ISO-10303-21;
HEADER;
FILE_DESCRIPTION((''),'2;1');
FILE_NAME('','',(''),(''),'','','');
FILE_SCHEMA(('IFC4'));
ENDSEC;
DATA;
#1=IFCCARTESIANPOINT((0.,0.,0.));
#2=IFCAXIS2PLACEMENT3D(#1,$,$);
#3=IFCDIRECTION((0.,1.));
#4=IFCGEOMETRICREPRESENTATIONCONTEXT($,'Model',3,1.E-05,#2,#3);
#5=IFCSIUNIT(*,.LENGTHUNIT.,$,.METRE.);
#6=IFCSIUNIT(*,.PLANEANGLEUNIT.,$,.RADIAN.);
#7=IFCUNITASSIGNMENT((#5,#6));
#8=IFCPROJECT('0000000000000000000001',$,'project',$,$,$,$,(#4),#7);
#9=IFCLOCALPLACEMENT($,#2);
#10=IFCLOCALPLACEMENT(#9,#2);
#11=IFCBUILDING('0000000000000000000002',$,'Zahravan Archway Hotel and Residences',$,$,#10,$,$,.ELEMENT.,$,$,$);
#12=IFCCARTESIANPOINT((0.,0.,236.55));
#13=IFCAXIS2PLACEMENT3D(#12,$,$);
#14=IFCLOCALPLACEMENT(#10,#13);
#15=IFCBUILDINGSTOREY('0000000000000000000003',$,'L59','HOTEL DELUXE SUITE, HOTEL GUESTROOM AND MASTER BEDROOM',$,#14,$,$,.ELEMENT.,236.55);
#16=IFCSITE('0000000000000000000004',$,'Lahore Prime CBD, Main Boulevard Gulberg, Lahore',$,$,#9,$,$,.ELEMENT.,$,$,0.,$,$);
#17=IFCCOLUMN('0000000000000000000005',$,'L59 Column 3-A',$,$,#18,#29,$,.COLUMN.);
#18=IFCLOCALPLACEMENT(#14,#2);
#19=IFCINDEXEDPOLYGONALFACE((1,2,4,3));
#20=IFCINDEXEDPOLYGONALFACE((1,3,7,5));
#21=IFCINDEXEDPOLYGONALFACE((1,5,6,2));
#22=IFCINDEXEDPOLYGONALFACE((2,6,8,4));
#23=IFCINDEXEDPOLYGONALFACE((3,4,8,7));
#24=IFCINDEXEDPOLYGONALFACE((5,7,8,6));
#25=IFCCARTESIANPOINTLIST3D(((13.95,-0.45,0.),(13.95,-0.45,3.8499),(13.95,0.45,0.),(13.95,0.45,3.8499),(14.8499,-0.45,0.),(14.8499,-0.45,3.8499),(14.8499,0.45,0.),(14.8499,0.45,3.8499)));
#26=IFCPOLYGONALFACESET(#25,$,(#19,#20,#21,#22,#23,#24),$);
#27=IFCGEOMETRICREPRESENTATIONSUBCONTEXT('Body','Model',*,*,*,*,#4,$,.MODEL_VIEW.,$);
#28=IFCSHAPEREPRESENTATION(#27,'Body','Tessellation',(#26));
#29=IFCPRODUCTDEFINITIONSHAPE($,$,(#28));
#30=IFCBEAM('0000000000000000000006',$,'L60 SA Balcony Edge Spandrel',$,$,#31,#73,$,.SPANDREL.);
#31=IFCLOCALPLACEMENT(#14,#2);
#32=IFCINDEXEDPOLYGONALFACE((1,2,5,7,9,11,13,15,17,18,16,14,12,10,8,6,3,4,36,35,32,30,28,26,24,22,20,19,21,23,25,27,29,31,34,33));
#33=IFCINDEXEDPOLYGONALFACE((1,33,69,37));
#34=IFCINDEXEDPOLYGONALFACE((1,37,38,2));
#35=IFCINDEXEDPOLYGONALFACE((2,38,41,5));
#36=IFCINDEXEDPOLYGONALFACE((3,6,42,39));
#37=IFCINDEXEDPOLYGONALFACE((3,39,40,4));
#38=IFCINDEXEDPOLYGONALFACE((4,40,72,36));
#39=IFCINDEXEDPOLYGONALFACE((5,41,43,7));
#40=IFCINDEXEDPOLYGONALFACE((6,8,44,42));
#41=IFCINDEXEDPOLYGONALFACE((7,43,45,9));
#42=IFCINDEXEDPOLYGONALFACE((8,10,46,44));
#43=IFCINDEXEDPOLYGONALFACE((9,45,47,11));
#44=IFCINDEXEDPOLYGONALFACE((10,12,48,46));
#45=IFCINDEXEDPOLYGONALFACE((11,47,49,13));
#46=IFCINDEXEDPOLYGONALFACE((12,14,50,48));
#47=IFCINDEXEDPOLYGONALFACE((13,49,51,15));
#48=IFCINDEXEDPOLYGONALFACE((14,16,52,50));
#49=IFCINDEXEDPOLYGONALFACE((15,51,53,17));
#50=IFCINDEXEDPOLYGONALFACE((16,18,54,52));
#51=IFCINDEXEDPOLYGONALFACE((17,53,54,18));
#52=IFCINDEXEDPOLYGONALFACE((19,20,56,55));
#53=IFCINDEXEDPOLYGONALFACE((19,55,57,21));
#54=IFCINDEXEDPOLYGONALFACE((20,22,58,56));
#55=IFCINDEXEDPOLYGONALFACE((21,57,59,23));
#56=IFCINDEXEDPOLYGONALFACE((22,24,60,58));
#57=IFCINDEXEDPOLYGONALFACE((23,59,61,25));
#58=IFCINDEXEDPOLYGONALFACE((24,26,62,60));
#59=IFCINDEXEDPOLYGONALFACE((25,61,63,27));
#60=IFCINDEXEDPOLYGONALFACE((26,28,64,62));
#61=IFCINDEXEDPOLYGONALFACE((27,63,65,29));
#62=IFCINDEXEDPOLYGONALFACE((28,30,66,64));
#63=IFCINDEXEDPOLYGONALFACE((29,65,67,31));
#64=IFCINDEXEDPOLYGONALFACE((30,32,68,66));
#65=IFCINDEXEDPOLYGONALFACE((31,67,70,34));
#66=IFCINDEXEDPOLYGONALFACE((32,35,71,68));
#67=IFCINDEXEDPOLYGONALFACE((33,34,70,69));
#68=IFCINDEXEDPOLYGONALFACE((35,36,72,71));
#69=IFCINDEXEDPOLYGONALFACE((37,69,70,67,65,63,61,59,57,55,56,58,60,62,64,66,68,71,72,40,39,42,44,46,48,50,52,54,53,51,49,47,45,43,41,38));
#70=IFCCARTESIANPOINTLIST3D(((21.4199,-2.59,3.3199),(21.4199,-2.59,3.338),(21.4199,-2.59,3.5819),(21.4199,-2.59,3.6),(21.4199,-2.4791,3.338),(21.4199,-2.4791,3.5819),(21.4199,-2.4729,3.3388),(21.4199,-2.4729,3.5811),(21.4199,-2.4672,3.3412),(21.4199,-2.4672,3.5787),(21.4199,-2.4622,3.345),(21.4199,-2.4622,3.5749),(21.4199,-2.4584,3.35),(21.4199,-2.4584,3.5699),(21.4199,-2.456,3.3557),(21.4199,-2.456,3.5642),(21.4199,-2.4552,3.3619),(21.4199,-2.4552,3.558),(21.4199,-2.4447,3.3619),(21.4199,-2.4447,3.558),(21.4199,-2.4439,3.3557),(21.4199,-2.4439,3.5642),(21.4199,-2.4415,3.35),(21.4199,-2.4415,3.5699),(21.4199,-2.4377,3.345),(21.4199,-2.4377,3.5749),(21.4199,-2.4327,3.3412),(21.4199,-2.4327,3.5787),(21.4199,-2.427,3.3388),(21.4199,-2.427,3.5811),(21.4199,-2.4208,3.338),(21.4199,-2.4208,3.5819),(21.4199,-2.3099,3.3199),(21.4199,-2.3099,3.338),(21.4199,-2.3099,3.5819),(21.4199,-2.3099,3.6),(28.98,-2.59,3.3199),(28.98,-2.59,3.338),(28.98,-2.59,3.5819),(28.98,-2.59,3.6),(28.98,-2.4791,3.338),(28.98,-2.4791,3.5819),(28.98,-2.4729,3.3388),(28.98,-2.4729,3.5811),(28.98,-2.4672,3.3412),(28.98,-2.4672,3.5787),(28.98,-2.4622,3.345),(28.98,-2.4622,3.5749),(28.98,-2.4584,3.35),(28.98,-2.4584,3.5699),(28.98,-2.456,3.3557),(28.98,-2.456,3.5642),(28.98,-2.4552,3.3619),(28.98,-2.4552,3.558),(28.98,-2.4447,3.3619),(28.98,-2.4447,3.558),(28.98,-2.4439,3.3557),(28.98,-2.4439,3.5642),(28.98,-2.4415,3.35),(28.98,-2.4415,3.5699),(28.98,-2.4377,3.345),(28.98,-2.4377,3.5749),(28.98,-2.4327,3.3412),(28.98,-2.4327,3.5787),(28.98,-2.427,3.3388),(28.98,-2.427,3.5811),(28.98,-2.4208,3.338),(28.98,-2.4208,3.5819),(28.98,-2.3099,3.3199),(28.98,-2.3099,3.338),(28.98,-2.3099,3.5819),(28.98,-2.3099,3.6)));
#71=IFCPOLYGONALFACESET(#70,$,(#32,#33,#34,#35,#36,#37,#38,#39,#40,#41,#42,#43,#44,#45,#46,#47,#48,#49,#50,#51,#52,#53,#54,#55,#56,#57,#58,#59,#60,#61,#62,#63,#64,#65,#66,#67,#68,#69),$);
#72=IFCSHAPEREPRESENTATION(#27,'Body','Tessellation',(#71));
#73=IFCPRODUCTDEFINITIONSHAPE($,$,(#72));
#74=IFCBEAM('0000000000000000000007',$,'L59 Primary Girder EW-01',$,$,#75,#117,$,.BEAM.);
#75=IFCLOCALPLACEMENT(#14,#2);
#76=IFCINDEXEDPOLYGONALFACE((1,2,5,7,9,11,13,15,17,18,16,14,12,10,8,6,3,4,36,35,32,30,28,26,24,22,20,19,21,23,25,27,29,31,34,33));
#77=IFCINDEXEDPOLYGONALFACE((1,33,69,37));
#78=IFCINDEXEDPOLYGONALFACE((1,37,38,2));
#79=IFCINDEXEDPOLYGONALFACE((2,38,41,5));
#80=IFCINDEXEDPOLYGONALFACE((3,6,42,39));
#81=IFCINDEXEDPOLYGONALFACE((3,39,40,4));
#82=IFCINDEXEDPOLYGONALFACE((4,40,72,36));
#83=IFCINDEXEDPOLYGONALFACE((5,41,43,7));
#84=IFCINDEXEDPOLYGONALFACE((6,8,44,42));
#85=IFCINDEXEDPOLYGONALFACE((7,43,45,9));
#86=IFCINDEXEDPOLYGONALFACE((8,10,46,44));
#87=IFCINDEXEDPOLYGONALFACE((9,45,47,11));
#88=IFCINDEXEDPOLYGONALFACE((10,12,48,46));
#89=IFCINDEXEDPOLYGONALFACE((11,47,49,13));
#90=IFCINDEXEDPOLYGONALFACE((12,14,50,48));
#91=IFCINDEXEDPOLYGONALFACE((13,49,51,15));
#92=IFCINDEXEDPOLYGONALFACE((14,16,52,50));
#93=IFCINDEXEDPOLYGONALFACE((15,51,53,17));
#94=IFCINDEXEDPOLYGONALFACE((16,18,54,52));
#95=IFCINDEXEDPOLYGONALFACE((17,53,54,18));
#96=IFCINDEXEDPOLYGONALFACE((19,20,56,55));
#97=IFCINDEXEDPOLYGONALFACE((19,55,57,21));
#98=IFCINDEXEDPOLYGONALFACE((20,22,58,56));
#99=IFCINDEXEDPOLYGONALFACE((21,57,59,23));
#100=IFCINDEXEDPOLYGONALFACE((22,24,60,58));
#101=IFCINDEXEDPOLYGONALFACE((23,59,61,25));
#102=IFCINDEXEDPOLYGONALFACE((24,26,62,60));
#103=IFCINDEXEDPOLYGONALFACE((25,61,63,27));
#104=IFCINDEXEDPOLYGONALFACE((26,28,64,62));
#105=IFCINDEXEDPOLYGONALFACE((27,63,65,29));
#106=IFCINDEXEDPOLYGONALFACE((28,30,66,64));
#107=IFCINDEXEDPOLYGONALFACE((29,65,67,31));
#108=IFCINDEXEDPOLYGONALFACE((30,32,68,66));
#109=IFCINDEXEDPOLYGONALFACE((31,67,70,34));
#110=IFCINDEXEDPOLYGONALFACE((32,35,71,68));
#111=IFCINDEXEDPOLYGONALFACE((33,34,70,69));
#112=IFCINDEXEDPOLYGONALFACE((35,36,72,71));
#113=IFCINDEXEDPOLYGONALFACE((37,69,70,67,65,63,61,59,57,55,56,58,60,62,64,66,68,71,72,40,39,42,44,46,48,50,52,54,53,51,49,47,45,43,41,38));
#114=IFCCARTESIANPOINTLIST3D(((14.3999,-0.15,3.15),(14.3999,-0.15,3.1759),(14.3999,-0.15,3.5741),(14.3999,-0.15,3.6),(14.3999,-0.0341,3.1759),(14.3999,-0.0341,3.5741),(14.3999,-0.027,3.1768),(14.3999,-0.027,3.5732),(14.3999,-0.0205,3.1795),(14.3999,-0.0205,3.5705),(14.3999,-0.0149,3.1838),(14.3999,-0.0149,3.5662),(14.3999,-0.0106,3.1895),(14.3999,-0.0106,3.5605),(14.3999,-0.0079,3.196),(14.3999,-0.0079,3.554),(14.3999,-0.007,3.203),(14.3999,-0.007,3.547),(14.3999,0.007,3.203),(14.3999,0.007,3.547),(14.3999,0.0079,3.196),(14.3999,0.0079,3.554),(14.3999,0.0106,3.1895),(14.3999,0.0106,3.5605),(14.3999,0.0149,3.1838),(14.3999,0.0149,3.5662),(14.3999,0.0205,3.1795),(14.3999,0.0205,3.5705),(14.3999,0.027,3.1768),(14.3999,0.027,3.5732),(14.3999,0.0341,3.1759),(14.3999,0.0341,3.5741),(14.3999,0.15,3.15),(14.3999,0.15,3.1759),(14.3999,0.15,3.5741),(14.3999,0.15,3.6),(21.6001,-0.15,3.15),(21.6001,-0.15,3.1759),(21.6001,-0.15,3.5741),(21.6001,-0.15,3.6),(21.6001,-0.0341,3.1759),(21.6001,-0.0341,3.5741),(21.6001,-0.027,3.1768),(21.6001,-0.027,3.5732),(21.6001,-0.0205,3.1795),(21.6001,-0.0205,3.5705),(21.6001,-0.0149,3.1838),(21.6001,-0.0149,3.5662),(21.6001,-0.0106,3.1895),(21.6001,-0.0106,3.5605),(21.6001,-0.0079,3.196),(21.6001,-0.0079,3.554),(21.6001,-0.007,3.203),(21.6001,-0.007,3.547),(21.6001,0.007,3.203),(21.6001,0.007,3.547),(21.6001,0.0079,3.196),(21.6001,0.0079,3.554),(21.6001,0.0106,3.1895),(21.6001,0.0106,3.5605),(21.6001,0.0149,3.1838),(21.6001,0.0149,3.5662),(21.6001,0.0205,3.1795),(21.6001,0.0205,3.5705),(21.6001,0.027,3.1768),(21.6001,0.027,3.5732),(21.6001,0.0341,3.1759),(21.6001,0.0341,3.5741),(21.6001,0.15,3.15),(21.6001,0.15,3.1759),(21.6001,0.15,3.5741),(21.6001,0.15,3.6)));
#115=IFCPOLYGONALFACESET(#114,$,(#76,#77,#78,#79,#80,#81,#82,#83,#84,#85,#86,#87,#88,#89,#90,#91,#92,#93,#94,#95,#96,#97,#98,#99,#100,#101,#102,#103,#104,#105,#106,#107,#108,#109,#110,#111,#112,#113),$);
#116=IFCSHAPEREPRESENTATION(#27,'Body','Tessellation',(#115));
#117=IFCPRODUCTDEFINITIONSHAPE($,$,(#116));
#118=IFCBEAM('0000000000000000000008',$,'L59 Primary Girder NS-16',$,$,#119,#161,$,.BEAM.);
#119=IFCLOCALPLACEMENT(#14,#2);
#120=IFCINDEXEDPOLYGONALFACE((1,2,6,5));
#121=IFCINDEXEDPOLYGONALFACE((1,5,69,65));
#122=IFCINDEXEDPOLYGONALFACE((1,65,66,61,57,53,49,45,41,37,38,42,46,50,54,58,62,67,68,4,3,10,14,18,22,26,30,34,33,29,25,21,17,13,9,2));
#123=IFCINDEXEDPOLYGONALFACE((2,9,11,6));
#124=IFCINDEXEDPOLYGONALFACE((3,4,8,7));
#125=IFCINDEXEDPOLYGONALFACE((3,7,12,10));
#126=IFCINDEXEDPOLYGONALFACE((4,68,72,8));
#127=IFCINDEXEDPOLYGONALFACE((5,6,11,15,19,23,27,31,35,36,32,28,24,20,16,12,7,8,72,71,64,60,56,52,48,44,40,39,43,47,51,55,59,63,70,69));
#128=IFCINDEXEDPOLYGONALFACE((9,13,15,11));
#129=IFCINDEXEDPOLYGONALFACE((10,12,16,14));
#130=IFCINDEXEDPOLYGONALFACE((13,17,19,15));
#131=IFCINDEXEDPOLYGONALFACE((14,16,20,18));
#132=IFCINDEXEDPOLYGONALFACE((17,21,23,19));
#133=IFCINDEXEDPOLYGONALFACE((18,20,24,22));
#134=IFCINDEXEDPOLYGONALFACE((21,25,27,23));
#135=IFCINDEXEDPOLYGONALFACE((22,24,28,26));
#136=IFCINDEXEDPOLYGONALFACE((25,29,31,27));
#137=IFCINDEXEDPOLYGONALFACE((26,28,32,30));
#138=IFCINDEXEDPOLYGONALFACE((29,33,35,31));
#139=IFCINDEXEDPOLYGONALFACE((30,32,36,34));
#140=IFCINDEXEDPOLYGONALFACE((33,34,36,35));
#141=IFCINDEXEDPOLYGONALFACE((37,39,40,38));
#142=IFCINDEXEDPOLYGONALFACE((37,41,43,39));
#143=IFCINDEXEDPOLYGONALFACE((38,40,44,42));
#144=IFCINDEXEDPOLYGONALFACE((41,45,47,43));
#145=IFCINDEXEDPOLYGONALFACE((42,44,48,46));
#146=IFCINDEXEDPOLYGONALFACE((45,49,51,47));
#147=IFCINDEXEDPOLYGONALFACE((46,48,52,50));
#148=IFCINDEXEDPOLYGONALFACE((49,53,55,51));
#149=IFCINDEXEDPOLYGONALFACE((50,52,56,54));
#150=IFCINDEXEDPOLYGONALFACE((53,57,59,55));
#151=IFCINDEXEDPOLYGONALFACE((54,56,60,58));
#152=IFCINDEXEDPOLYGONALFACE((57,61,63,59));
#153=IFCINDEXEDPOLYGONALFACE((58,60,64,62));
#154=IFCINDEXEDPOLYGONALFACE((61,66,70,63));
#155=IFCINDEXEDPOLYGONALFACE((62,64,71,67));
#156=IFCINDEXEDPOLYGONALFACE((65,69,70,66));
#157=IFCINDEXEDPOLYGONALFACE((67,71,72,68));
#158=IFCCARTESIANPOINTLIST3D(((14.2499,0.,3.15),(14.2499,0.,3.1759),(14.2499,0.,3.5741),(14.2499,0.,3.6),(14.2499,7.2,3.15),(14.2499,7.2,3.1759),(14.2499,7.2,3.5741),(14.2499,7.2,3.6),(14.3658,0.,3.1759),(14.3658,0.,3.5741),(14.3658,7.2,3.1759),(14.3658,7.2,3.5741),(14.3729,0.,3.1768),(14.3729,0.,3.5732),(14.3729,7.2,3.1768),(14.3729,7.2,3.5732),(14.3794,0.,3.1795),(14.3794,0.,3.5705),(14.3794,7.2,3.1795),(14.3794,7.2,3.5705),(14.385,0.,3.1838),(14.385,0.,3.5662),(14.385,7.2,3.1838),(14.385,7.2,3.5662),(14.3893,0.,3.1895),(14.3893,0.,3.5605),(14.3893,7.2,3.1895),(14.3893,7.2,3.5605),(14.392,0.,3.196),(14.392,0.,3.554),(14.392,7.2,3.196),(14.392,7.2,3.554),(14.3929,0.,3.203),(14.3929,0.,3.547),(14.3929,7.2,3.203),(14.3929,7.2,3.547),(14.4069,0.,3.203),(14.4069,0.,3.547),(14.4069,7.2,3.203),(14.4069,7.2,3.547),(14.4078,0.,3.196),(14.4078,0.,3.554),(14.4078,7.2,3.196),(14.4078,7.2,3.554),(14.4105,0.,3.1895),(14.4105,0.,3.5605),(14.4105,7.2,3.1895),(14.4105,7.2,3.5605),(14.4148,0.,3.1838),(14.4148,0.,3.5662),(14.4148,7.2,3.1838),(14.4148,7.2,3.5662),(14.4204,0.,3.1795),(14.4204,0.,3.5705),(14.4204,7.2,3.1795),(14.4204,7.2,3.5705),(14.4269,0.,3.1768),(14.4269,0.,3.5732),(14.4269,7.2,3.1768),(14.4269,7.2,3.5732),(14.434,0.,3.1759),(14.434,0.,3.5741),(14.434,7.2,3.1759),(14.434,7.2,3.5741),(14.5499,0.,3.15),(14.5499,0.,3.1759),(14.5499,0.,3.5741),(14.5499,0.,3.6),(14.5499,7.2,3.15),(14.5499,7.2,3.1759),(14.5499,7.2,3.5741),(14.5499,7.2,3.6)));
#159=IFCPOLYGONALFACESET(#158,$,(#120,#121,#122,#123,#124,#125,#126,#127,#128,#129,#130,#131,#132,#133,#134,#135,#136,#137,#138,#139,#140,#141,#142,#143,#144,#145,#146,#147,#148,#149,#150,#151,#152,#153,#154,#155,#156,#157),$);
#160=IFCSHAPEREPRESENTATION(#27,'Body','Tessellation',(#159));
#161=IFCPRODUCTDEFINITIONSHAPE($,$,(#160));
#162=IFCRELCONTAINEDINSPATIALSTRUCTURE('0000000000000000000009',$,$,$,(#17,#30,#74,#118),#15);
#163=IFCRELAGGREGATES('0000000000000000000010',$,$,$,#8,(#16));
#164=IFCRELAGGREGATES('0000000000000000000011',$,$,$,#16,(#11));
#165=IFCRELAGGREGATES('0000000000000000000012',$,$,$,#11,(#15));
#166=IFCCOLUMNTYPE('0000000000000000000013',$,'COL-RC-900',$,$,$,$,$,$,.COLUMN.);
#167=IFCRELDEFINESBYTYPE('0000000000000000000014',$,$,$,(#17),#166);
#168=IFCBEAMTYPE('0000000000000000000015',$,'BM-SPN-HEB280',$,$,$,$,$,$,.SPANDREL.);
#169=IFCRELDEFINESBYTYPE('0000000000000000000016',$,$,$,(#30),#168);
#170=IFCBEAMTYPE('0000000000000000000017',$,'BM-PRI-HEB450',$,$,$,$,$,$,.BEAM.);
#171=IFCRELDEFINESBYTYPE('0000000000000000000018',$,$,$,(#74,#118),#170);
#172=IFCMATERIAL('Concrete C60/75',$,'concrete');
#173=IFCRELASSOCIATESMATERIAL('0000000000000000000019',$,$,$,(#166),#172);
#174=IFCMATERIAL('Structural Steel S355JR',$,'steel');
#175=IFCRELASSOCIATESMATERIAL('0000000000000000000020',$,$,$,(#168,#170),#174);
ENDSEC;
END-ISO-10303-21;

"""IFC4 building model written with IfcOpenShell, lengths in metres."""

from ifc_helpers import new_model, si_unit, direction, frame, origin, origin_2d, place, context, subcontext, project, spatial, rectangle, i_section, extrude, source, transform, mapped, material, material_profile, profile_set, type_object, type_shapes, element, save


model = new_model("IFC4")

# Units and contexts
model_context = context("Model", 3, precision=1e-05, world=origin(), true_north=direction((0.0, 1.0)))
body_context = subcontext(model_context, "Body", "Model", "MODEL_VIEW")
ifc_project = project(units=[si_unit("LENGTHUNIT", "METRE"), si_unit("PLANEANGLEUNIT", "RADIAN")], contexts=[model_context])

# Site, building, storey
site_placement = place(None, origin())
site = spatial("IfcSite", under=ifc_project, at=site_placement, Name="Lahore Prime CBD, Main Boulevard Gulberg, Lahore", CompositionType="ELEMENT", RefElevation=0.0)
building_placement = place(site_placement, origin())
building = spatial("IfcBuilding", under=site, at=building_placement, Name="Zahravan Archway Hotel and Residences", CompositionType="ELEMENT")
storey_placement = place(building_placement, frame((0.0, 0.0, 236.55)))
storey = spatial("IfcBuildingStorey", under=building, at=storey_placement, Name="L59", Description="HOTEL DELUXE SUITE, HOTEL GUESTROOM AND MASTER BEDROOM", CompositionType="ELEMENT", Elevation=236.55)

# Column
ifc_material_1 = material(Name="Concrete C60/75", Category="concrete")
ifc_material_profile_1 = material_profile(ifc_material_1, rectangle(XDim=0.8999, YDim=0.8999, at=origin_2d()), Name="RC-COL-900x900", Category="concrete")
ifc_profile_set_1 = profile_set([ifc_material_profile_1], Name="Concrete C60/75")
column_type = type_object("IfcColumnType", Name="COL-RC-900", PredefinedType="COLUMN", material=ifc_profile_set_1)
shared_shape_1 = source(origin(), body_context, "Body", "SweptSolid", [
    extrude(rectangle(XDim=0.8999, YDim=0.8999, at=origin_2d()), origin(), (0.0, 0.0, 1.0), 3.8499),
])
column_placement = place(storey_placement, frame((14.3999, 0.0, 0.0), z_axis=(0.0, 0.0, 1.0), x_axis=(1.0, 0.0, 0.0)))
element("IfcColumn", 1, at=column_placement, inside=storey, type_object=column_type, Name="L59 Column 3-A", PredefinedType="COLUMN", context=body_context, shape_type="MappedRepresentation", body=[
    mapped(shared_shape_1, transform((0.0, 0.0, 0.0), scale=1.0)),
])

# Beams
ifc_material_2 = material(Name="Structural Steel S355JR", Category="steel")
ifc_material_profile_2 = material_profile(ifc_material_2, i_section(OverallWidth=0.28, OverallDepth=0.28, WebThickness=0.0105, FlangeThickness=0.0181, FilletRadius=0.0239, at=origin_2d()), Name="HEB 280", Category="steel")
ifc_profile_set_2 = profile_set([ifc_material_profile_2], Name="Structural Steel S355JR")
beam_type_1 = type_object("IfcBeamType", Name="BM-SPN-HEB280", PredefinedType="SPANDREL", material=ifc_profile_set_2)
shared_shape_2 = source(origin(), body_context, "Body", "SweptSolid", [
    extrude(i_section(OverallWidth=0.28, OverallDepth=0.28, WebThickness=0.0105, FlangeThickness=0.0181, FilletRadius=0.0239, at=origin_2d()), origin(), (0.0, 0.0, 1.0), 7.5601),
])
type_shapes(beam_type_1, [shared_shape_2])
beam_1_placement = place(storey_placement, frame((21.4199, -2.45, 3.46), z_axis=(1.0, 0.0, 0.0), x_axis=(0.0, 1.0, 0.0)))
element("IfcBeam", 2, at=beam_1_placement, inside=storey, type_object=beam_type_1, Name="L60 SA Balcony Edge Spandrel", PredefinedType="SPANDREL", context=body_context, shape_type="MappedRepresentation", body=[
    mapped(shared_shape_2, transform((0.0, 0.0, 0.0), scale=1.0)),
])
ifc_material_profile_3 = material_profile(ifc_material_2, i_section(OverallWidth=0.3, OverallDepth=0.45, WebThickness=0.0139, FlangeThickness=0.0259, FilletRadius=0.0271, at=origin_2d()), Name="HEB 450", Category="steel")
ifc_profile_set_3 = profile_set([ifc_material_profile_3], Name="Structural Steel S355JR")
beam_type_2 = type_object("IfcBeamType", Name="BM-PRI-HEB450", PredefinedType="BEAM", material=ifc_profile_set_3)
shared_shape_3 = source(origin(), body_context, "Body", "SweptSolid", [
    extrude(i_section(OverallWidth=0.3, OverallDepth=0.45, WebThickness=0.0139, FlangeThickness=0.0259, FilletRadius=0.0271, at=origin_2d()), origin(), (0.0, 0.0, 1.0), 7.2002),
])
type_shapes(beam_type_2, [shared_shape_3])
beam_2_placement = place(storey_placement, frame((14.3999, 0.0, 3.375), z_axis=(1.0, 0.0, 0.0), x_axis=(0.0, 1.0, 0.0)))
element("IfcBeam", 3, at=beam_2_placement, inside=storey, type_object=beam_type_2, Name="L59 Primary Girder EW-01", PredefinedType="BEAM", context=body_context, shape_type="MappedRepresentation", body=[
    mapped(shared_shape_3, transform((0.0, 0.0, 0.0), scale=1.0)),
])
shared_shape_4 = source(origin(), body_context, "Body", "SweptSolid", [
    extrude(i_section(OverallWidth=0.3, OverallDepth=0.45, WebThickness=0.0139, FlangeThickness=0.0259, FilletRadius=0.0271, at=origin_2d()), origin(), (0.0, 0.0, 1.0), 7.2),
])
beam_3_placement = place(storey_placement, frame((14.3999, 0.0, 3.375), z_axis=(0.0, 1.0, 0.0), x_axis=(-1.0, 0.0, 0.0)))
element("IfcBeam", 4, at=beam_3_placement, inside=storey, type_object=beam_type_2, Name="L59 Primary Girder NS-16", PredefinedType="BEAM", context=body_context, shape_type="MappedRepresentation", body=[
    mapped(shared_shape_4, transform((0.0, 0.0, 0.0), scale=1.0)),
])

save(model, "model.ifc")
